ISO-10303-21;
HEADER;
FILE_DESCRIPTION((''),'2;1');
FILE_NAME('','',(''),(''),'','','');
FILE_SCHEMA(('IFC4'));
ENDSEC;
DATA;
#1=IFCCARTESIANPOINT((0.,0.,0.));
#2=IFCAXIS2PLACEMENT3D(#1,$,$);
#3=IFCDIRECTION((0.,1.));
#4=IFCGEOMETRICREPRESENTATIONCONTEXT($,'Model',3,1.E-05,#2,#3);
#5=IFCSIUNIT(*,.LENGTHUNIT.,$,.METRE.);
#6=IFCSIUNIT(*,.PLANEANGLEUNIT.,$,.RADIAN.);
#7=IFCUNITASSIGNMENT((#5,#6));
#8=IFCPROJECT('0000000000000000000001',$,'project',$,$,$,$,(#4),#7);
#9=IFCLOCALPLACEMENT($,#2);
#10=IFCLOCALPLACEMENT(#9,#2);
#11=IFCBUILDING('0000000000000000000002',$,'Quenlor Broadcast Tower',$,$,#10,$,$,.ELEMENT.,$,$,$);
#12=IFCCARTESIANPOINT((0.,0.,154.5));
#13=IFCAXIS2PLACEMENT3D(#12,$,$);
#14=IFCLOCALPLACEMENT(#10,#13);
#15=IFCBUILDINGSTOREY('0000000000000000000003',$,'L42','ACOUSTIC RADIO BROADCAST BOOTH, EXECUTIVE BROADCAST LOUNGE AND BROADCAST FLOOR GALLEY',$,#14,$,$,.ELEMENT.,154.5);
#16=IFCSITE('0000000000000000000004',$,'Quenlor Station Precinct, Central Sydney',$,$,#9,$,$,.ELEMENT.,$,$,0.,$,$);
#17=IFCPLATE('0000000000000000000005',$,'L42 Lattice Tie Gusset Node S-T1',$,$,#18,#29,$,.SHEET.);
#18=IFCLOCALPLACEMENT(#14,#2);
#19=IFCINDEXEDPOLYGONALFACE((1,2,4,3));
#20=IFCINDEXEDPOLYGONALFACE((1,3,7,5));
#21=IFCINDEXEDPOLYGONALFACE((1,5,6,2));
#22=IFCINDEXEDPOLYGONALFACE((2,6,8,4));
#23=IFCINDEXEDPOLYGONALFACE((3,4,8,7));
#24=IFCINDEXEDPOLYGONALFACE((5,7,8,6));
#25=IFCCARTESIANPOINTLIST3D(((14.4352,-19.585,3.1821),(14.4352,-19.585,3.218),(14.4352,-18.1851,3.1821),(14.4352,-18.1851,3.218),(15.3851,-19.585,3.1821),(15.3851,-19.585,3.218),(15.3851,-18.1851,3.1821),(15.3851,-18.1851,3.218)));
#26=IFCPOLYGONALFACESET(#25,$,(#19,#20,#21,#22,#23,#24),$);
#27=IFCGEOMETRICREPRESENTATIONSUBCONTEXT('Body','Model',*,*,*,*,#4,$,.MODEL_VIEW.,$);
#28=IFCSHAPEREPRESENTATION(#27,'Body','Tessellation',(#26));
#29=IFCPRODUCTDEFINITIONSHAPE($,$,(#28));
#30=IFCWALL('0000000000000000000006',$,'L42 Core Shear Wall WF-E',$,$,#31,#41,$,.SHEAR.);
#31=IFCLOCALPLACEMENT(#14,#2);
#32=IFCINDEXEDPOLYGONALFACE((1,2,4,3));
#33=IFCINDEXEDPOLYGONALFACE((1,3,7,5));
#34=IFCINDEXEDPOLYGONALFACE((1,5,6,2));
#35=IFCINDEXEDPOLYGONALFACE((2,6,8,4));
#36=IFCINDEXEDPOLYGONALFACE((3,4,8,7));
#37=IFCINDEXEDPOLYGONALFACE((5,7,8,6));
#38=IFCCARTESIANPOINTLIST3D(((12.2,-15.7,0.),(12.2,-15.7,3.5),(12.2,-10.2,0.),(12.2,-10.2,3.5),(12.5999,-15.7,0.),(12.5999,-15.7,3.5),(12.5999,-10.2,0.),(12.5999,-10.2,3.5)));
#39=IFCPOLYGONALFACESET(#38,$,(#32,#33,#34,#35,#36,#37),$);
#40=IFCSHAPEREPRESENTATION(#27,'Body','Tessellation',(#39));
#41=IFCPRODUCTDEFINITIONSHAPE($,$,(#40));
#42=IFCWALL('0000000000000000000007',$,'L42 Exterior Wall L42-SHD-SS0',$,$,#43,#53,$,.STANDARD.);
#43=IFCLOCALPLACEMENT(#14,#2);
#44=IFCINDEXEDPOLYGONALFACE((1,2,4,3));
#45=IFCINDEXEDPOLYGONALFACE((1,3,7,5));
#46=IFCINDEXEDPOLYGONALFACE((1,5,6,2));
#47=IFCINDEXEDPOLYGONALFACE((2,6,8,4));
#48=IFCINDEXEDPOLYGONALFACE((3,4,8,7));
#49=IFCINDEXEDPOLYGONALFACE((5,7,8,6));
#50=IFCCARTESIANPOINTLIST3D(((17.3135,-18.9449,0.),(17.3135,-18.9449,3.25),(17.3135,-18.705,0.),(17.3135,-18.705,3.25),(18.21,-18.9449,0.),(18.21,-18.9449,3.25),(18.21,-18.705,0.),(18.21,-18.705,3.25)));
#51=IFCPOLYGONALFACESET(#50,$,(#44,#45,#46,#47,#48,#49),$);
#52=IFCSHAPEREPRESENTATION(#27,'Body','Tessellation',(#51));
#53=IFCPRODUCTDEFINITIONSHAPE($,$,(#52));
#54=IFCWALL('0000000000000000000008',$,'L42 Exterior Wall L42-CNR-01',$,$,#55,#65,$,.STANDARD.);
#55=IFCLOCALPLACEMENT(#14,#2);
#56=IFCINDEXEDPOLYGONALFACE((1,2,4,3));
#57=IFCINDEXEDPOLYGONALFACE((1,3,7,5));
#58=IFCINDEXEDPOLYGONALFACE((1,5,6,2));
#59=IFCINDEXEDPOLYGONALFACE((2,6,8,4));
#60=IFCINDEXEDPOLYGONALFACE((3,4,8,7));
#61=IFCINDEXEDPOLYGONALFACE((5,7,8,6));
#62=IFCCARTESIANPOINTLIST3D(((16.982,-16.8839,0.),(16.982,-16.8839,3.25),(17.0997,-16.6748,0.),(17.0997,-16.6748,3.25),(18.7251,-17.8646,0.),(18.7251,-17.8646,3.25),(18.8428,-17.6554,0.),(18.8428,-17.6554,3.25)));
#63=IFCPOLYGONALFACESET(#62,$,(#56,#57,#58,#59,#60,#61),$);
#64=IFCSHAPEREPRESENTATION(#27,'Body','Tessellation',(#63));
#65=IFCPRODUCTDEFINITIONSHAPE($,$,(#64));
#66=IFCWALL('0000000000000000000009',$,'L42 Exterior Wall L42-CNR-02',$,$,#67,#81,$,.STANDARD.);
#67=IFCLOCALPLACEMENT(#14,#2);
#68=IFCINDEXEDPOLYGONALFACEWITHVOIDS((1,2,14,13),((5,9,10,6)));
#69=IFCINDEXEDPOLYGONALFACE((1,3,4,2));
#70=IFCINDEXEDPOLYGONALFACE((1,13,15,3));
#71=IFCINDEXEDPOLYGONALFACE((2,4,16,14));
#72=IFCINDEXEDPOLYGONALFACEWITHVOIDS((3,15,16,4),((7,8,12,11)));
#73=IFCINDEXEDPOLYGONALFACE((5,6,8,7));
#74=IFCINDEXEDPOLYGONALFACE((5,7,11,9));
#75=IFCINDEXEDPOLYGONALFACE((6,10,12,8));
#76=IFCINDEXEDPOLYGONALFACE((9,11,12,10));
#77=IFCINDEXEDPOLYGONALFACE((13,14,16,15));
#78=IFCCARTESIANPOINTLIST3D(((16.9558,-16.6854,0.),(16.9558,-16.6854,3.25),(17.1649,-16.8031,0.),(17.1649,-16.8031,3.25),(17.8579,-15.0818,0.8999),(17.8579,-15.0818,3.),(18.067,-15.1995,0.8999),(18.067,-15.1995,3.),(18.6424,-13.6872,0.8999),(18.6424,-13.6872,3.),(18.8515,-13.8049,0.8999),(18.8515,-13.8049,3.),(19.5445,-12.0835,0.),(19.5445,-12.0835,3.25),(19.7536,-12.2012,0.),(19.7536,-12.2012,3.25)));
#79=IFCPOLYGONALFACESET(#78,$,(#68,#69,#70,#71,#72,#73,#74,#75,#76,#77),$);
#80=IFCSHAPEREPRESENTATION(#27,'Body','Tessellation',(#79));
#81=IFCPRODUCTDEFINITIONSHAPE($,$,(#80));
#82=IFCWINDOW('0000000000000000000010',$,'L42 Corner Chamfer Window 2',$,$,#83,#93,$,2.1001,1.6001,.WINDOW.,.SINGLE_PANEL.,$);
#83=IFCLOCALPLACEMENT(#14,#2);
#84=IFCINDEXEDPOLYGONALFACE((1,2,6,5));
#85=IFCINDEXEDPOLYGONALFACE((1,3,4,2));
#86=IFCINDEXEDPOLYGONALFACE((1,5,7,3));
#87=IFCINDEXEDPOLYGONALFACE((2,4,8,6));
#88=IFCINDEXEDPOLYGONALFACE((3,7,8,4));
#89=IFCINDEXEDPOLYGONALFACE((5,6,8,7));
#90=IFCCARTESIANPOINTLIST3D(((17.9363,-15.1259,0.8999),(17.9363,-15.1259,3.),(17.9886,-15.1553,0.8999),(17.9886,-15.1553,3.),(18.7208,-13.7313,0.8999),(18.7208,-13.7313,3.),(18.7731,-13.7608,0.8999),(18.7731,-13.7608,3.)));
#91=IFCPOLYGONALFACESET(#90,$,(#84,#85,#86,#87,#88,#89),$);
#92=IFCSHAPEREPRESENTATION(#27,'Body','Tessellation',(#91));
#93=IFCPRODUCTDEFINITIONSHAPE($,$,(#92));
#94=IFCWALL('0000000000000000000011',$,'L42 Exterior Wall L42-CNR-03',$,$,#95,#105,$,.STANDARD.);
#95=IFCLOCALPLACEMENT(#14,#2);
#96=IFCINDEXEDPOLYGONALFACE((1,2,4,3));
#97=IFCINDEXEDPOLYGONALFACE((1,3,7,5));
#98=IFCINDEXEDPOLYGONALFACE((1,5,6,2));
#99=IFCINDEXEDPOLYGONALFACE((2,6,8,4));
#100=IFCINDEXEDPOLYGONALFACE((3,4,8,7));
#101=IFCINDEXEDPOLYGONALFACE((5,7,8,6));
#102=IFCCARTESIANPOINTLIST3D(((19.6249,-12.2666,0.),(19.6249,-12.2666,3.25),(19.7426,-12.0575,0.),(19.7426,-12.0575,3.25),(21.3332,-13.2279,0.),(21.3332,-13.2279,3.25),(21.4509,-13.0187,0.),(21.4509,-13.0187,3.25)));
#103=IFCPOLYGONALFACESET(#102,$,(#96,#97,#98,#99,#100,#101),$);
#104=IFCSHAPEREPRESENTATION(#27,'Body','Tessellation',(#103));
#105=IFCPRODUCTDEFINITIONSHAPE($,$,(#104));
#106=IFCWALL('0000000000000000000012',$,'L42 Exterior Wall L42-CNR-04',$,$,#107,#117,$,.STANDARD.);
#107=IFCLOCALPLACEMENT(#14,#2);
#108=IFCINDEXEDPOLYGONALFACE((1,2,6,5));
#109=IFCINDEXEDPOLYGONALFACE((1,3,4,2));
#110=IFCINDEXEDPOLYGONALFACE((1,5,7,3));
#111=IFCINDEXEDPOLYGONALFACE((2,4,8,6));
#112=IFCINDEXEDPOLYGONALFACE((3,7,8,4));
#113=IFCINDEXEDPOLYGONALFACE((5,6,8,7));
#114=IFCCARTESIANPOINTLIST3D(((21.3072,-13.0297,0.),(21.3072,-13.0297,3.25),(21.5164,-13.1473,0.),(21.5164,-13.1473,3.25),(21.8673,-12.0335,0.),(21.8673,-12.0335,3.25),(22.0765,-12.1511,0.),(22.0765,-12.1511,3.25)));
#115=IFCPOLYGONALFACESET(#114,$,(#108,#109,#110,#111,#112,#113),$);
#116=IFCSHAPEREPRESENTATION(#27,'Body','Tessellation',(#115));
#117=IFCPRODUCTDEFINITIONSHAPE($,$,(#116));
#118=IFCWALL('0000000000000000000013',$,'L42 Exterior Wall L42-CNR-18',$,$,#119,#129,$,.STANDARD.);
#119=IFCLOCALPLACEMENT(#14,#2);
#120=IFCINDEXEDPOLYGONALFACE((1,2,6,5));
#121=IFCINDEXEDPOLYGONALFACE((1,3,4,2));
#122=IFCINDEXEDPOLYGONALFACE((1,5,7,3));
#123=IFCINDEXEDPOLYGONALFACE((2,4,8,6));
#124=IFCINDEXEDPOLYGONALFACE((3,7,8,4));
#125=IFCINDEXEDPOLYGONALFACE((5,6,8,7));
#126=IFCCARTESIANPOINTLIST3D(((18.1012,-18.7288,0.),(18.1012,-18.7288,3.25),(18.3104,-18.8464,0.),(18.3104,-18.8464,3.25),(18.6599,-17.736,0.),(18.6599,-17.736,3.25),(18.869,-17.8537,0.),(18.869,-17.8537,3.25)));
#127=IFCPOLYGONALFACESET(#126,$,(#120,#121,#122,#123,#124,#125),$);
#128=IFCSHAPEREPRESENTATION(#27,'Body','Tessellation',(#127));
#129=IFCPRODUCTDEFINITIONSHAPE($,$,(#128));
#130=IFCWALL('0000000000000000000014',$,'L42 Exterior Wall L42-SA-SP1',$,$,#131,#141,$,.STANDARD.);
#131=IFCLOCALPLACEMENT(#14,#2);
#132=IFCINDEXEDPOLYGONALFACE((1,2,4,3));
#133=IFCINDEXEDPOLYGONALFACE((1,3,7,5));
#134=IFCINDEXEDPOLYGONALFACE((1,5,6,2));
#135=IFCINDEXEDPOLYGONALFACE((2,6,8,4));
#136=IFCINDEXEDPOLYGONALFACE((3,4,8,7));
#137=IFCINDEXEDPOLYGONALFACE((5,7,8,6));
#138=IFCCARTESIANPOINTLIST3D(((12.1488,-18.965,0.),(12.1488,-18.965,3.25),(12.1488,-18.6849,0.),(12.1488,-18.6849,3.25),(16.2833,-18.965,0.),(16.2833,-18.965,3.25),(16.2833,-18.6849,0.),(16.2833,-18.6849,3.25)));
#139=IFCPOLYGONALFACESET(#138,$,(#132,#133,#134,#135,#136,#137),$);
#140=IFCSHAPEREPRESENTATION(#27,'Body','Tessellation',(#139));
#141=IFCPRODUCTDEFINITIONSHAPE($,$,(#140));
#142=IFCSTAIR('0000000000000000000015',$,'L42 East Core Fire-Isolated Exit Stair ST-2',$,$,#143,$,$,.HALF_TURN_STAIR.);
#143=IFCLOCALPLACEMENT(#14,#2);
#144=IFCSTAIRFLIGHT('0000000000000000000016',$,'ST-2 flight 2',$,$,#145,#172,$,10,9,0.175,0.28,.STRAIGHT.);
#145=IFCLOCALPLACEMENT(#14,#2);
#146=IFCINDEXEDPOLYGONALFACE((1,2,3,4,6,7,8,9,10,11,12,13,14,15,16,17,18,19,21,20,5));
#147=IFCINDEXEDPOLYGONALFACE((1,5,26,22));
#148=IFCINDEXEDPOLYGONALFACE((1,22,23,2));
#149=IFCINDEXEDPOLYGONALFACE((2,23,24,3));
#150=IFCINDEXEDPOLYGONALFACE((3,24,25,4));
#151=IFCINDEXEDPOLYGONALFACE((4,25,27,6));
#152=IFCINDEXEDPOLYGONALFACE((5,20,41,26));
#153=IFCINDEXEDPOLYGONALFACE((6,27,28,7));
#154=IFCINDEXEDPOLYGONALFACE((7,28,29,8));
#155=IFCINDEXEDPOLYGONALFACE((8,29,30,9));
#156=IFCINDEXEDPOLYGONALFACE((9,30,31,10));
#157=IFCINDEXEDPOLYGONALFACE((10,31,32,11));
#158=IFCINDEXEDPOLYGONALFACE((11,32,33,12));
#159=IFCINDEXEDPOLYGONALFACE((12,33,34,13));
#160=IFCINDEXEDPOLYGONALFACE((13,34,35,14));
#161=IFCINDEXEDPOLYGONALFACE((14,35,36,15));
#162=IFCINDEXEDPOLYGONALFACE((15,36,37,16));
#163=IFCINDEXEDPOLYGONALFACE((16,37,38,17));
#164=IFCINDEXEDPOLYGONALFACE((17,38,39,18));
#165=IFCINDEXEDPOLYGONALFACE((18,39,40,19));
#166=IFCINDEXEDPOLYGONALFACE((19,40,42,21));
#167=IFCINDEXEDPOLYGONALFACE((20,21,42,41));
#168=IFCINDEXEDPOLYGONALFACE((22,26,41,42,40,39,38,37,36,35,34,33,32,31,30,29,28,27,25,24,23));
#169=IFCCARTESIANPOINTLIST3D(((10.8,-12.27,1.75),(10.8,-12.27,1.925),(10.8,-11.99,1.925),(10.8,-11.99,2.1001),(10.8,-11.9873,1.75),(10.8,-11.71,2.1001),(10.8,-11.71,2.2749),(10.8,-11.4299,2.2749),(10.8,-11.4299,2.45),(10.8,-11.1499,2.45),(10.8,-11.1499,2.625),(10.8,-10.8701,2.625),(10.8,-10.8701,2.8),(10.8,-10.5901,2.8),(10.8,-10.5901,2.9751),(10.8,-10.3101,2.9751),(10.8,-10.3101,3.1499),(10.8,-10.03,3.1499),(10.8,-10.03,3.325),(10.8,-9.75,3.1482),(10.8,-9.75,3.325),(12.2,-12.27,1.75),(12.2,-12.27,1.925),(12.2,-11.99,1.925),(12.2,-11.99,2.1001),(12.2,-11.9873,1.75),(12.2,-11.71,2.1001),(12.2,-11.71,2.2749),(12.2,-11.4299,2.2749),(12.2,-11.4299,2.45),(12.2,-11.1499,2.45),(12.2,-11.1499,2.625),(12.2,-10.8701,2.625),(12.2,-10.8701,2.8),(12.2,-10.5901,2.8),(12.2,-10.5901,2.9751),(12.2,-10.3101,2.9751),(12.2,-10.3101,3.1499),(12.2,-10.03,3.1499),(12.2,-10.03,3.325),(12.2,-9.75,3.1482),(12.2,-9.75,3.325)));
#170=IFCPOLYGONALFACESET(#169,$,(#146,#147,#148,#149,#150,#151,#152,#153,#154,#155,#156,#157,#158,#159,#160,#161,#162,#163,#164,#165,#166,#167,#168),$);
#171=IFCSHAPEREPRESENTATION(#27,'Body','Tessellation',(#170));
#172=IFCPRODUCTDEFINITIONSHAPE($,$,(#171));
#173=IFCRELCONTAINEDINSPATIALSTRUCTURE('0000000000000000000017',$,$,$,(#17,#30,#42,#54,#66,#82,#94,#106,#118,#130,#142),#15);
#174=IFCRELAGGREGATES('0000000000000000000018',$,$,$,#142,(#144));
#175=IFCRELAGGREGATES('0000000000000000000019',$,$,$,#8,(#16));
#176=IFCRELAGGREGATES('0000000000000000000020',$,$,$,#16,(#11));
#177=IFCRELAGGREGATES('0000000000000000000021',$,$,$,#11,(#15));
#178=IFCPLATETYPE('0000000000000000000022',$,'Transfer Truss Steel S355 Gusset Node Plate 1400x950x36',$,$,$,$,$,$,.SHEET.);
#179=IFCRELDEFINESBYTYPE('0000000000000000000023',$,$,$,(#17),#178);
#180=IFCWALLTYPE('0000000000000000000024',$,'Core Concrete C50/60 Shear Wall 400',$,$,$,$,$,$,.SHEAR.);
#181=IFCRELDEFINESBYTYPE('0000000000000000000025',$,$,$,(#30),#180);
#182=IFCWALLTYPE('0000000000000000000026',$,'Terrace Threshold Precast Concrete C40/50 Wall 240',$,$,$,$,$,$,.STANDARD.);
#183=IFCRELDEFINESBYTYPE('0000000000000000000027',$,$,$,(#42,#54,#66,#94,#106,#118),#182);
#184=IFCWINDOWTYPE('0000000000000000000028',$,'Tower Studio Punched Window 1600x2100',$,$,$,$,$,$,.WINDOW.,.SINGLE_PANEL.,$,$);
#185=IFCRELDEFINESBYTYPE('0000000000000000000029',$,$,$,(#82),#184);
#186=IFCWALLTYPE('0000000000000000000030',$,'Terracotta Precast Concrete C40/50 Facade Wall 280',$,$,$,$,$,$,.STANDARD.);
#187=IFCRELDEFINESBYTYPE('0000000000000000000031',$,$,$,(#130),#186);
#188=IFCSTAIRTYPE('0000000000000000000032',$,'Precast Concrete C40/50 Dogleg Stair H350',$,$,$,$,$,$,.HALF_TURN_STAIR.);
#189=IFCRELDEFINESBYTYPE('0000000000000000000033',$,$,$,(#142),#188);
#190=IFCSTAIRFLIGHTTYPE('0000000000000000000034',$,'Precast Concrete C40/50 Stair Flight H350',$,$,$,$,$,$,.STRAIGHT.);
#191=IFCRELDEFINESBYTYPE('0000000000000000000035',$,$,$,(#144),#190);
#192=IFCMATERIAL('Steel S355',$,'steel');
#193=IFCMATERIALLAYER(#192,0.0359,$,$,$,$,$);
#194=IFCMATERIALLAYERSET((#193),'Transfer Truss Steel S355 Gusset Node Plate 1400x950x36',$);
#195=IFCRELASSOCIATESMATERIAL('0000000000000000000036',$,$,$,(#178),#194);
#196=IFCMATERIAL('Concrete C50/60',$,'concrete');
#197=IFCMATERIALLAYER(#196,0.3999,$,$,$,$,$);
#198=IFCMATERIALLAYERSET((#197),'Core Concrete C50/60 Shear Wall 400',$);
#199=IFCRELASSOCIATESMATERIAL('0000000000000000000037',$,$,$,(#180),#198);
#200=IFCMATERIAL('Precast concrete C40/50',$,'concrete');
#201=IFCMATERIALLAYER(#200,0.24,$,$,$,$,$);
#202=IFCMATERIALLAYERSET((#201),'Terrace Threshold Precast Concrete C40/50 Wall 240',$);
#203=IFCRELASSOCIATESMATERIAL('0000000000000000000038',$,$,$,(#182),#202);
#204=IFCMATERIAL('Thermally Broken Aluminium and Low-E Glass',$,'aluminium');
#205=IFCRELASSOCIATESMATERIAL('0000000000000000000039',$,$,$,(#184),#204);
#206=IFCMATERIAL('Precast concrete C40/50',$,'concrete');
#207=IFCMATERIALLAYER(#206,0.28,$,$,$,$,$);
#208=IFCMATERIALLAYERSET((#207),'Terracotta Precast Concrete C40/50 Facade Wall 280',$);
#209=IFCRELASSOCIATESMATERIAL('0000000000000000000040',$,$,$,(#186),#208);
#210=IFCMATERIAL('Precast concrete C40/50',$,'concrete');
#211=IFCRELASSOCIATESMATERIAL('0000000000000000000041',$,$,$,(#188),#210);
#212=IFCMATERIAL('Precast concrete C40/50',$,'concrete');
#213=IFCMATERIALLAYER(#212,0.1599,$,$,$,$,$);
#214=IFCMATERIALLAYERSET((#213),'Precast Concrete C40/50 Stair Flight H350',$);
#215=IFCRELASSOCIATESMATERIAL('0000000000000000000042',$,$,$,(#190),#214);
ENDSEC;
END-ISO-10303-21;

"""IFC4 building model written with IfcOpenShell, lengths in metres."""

from ifc_helpers import new_model, si_unit, direction, frame, frame_2d, origin, origin_2d, place, context, subcontext, project, spatial, polyline, rectangle, outline, extrude, material, layer, layer_set, type_object, element, fill, aggregate, save


model = new_model("IFC4")

# Units and contexts
model_context = context("Model", 3, precision=1e-05, world=origin(), true_north=direction((0.0, 1.0)))
body_context = subcontext(model_context, "Body", "Model", "MODEL_VIEW")
ifc_project = project(units=[si_unit("LENGTHUNIT", "METRE"), si_unit("PLANEANGLEUNIT", "RADIAN")], contexts=[model_context])

# Site, building, storey
site_placement = place(None, origin())
site = spatial("IfcSite", under=ifc_project, at=site_placement, Name="Quenlor Station Precinct, Central Sydney", CompositionType="ELEMENT", RefElevation=0.0)
building_placement = place(site_placement, origin())
building = spatial("IfcBuilding", under=site, at=building_placement, Name="Quenlor Broadcast Tower", CompositionType="ELEMENT")
storey_placement = place(building_placement, frame((0.0, 0.0, 154.5)))
storey = spatial("IfcBuildingStorey", under=building, at=storey_placement, Name="L42", Description="ACOUSTIC RADIO BROADCAST BOOTH, EXECUTIVE BROADCAST LOUNGE AND BROADCAST FLOOR GALLEY", CompositionType="ELEMENT", Elevation=154.5)

# Plate
ifc_material_1 = material(Name="Steel S355", Category="steel")
ifc_layer_1 = layer(ifc_material_1, 0.0359)
ifc_layer_set_1 = layer_set([ifc_layer_1], Name="Transfer Truss Steel S355 Gusset Node Plate 1400x950x36")
plate_type_1 = type_object("IfcPlateType", Name="Transfer Truss Steel S355 Gusset Node Plate 1400x950x36", PredefinedType="SHEET", material=ifc_layer_set_1)
for number, where, z_axis, x_axis, name in (
    (1, (14.9102, -18.885, 3.1821), (0.0, 0.0, 1.0), (0.0, -1.0, 0.0), "L42 Lattice Tie Gusset Node S-T1"),
):
    element("IfcPlate", number, at=place(storey_placement, frame(where, z_axis=z_axis, x_axis=x_axis)), inside=storey, type_object=plate_type_1, Name=name, PredefinedType="SHEET", context=body_context, shape_type="SweptSolid", body=[
        extrude(rectangle(XDim=1.3999, YDim=0.95, at=origin_2d()), origin(), (0.0, 0.0, 1.0), 0.0359),
    ])

# Walls
ifc_material_2 = material(Name="Concrete C50/60", Category="concrete")
ifc_layer_2 = layer(ifc_material_2, 0.3999)
ifc_layer_set_2 = layer_set([ifc_layer_2], Name="Core Concrete C50/60 Shear Wall 400")
wall_type_1 = type_object("IfcWallType", Name="Core Concrete C50/60 Shear Wall 400", PredefinedType="SHEAR", material=ifc_layer_set_2)
wall_1_placement = place(storey_placement, frame((12.3999, -15.7, 0.0), z_axis=(0.0, 0.0, 1.0), x_axis=(0.0, 1.0, 0.0)))
element("IfcWall", 2, at=wall_1_placement, inside=storey, type_object=wall_type_1, Name="L42 Core Shear Wall WF-E", PredefinedType="SHEAR", context=body_context, shape_type="SweptSolid", body=[
    extrude(rectangle(XDim=5.5, YDim=0.3999, at=frame_2d((2.75, 0.0))), origin(), (0.0, 0.0, 1.0), 3.5),
])
ifc_material_3 = material(Name="Precast concrete C40/50", Category="concrete")
ifc_layer_3 = layer(ifc_material_3, 0.24)
ifc_layer_set_3 = layer_set([ifc_layer_3], Name="Terrace Threshold Precast Concrete C40/50 Wall 240")
wall_type_2 = type_object("IfcWallType", Name="Terrace Threshold Precast Concrete C40/50 Wall 240", PredefinedType="STANDARD", material=ifc_layer_set_3)
wall_2_placement = place(storey_placement, frame((18.21, -18.825, 0.0), z_axis=(0.0, 0.0, 1.0), x_axis=(-1.0, 0.0, 0.0)))
element("IfcWall", 3, at=wall_2_placement, inside=storey, type_object=wall_type_2, Name="L42 Exterior Wall L42-SHD-SS0", PredefinedType="STANDARD", context=body_context, shape_type="SweptSolid", body=[
    extrude(rectangle(XDim=0.8965, YDim=0.24, at=frame_2d((0.4482, 0.0))), origin(), (0.0, 0.0, 1.0), 3.25),
])
wall_3_placement = place(storey_placement, frame((18.7839, -17.76, 0.0), z_axis=(0.0, 0.0, 1.0), x_axis=(-0.871536, 0.490331, 0.0)))
element("IfcWall", 4, at=wall_3_placement, inside=storey, type_object=wall_type_2, Name="L42 Exterior Wall L42-CNR-01", PredefinedType="STANDARD", context=body_context, shape_type="SweptSolid", body=[
    extrude(rectangle(XDim=2.0, YDim=0.24, at=frame_2d((1.0, 0.0))), origin(), (0.0, 0.0, 1.0), 3.25),
])

# Wall, opening, window
wall_4_placement = place(storey_placement, frame((17.0603, -16.7444, 0.0), z_axis=(0.0, 0.0, 1.0), x_axis=(0.490277, 0.871567, 0.0)))
wall_4 = element("IfcWall", 5, at=wall_4_placement, inside=storey, type_object=wall_type_2, Name="L42 Exterior Wall L42-CNR-02", PredefinedType="STANDARD", context=body_context, shape_type="SweptSolid", body=[
    extrude(rectangle(XDim=5.28, YDim=0.24, at=frame_2d((2.6401, 0.0))), origin(), (0.0, 0.0, 1.0), 3.25),
])
opening_placement = place(wall_4_placement, frame((1.8401, 0.0, 0.8999)))
opening = element("IfcOpeningElement", 6, at=opening_placement, cuts=wall_4, PredefinedType="OPENING", context=body_context, shape_type="SweptSolid", body=[
    extrude(rectangle(XDim=1.6001, YDim=2.1001, at=frame_2d((0.8, 1.05))), frame((0.0, 0.1299, 0.0), z_axis=(0.0, -1.0, 0.0), x_axis=(1.0, 0.0, 0.0)), (0.0, 0.0, 1.0), 0.26),
])
ifc_material_4 = material(Name="Thermally Broken Aluminium and Low-E Glass", Category="aluminium")
window_type = type_object("IfcWindowType", Name="Tower Studio Punched Window 1600x2100", PartitioningType="SINGLE_PANEL", PredefinedType="WINDOW", material=ifc_material_4)
window_placement = place(opening_placement, origin())
window = element("IfcWindow", 7, at=window_placement, inside=storey, type_object=window_type, Name="L42 Corner Chamfer Window 2", OverallHeight=2.1001, OverallWidth=1.6001, PartitioningType="SINGLE_PANEL", PredefinedType="WINDOW", context=body_context, shape_type="SweptSolid", body=[
    extrude(rectangle(XDim=1.6001, YDim=2.1001, at=frame_2d((0.8, 1.05))), frame((0.0, 0.03, 0.0), z_axis=(0.0, -1.0, 0.0), x_axis=(1.0, 0.0, 0.0)), (0.0, 0.0, 1.0), 0.0601),
])
fill(opening, window)

# Walls
wall_5_placement = place(storey_placement, frame((19.6838, -12.1621, 0.0), z_axis=(0.0, 0.0, 1.0), x_axis=(0.871512, -0.490374, 0.0)))
element("IfcWall", 8, at=wall_5_placement, inside=storey, type_object=wall_type_2, Name="L42 Exterior Wall L42-CNR-03", PredefinedType="STANDARD", context=body_context, shape_type="SweptSolid", body=[
    extrude(rectangle(XDim=1.9602, YDim=0.24, at=frame_2d((0.98, 0.0))), origin(), (0.0, 0.0, 1.0), 3.25),
])
wall_6_placement = place(storey_placement, frame((21.4119, -13.0884, 0.0), z_axis=(0.0, 0.0, 1.0), x_axis=(0.490099, 0.871667, 0.0)))
element("IfcWall", 9, at=wall_6_placement, inside=storey, type_object=wall_type_2, Name="L42 Exterior Wall L42-CNR-04", PredefinedType="STANDARD", context=body_context, shape_type="SweptSolid", body=[
    extrude(rectangle(XDim=1.1428, YDim=0.24, at=frame_2d((0.5713, 0.0))), origin(), (0.0, 0.0, 1.0), 3.25),
])
wall_7_placement = place(storey_placement, frame((18.2058, -18.7876, 0.0), z_axis=(0.0, 0.0, 1.0), x_axis=(0.490404, 0.871495, 0.0)))
element("IfcWall", 10, at=wall_7_placement, inside=storey, type_object=wall_type_2, Name="L42 Exterior Wall L42-CNR-18", PredefinedType="STANDARD", context=body_context, shape_type="SweptSolid", body=[
    extrude(rectangle(XDim=1.1392, YDim=0.24, at=frame_2d((0.5696, 0.0))), origin(), (0.0, 0.0, 1.0), 3.25),
])
ifc_material_5 = material(Name="Precast concrete C40/50", Category="concrete")
ifc_layer_4 = layer(ifc_material_5, 0.28)
ifc_layer_set_4 = layer_set([ifc_layer_4], Name="Terracotta Precast Concrete C40/50 Facade Wall 280")
wall_type_3 = type_object("IfcWallType", Name="Terracotta Precast Concrete C40/50 Facade Wall 280", PredefinedType="STANDARD", material=ifc_layer_set_4)
wall_8_placement = place(storey_placement, frame((16.2834, -18.825, 0.0), z_axis=(0.0, 0.0, 1.0), x_axis=(-1.0, 0.0, 0.0)))
element("IfcWall", 11, at=wall_8_placement, inside=storey, type_object=wall_type_3, Name="L42 Exterior Wall L42-SA-SP1", PredefinedType="STANDARD", context=body_context, shape_type="SweptSolid", body=[
    extrude(rectangle(XDim=4.1345, YDim=0.28, at=frame_2d((2.0674, 0.0))), origin(), (0.0, 0.0, 1.0), 3.25),
])

# Stair, stair flight
ifc_material_6 = material(Name="Precast concrete C40/50", Category="concrete")
stair_type = type_object("IfcStairType", Name="Precast Concrete C40/50 Dogleg Stair H350", PredefinedType="HALF_TURN_STAIR", material=ifc_material_6)
stair_placement = place(storey_placement, origin())
stair = element("IfcStair", 12, at=stair_placement, inside=storey, type_object=stair_type, Name="L42 East Core Fire-Isolated Exit Stair ST-2", PredefinedType="HALF_TURN_STAIR")
ifc_material_7 = material(Name="Precast concrete C40/50", Category="concrete")
ifc_layer_5 = layer(ifc_material_7, 0.1599)
ifc_layer_set_5 = layer_set([ifc_layer_5], Name="Precast Concrete C40/50 Stair Flight H350")
stair_flight_type = type_object("IfcStairFlightType", Name="Precast Concrete C40/50 Stair Flight H350", PredefinedType="STRAIGHT", material=ifc_layer_set_5)
stair_flight_placement = place(storey_placement, frame((11.5, -12.27, 1.75), z_axis=(0.0, 0.0, 1.0), x_axis=(0.0, 1.0, 0.0)))
stair_flight = element("IfcStairFlight", 13, at=stair_flight_placement, type_object=stair_flight_type, Name="ST-2 flight 2", NumberOfRisers=10, NumberOfTreads=9, PredefinedType="STRAIGHT", RiserHeight=0.175, TreadLength=0.28, context=body_context, shape_type="SweptSolid", body=[
    extrude(outline(polyline([(0.0, 0.0), (0.0, 0.175), (0.28, 0.175), (0.28, 0.3501), (0.5601, 0.3501), (0.5601, 0.5249), (0.8401, 0.5249), (0.8401, 0.7), (1.1201, 0.7), (1.1201, 0.875), (1.3999, 0.875), (1.3999, 1.05), (1.6799, 1.05), (1.6799, 1.2251), (1.96, 1.2251), (1.96, 1.3999), (2.24, 1.3999), (2.24, 1.575), (2.52, 1.575), (2.52, 1.75), (2.52, 1.3982), (0.2827, 0.0), (0.0, 0.0)])), frame((0.0, 0.7, 0.0), z_axis=(0.0, -1.0, 0.0), x_axis=(1.0, 0.0, 0.0)), (0.0, 0.0, 1.0), 1.3999),
])
aggregate(stair, [stair_flight])

save(model, "model.ifc")
